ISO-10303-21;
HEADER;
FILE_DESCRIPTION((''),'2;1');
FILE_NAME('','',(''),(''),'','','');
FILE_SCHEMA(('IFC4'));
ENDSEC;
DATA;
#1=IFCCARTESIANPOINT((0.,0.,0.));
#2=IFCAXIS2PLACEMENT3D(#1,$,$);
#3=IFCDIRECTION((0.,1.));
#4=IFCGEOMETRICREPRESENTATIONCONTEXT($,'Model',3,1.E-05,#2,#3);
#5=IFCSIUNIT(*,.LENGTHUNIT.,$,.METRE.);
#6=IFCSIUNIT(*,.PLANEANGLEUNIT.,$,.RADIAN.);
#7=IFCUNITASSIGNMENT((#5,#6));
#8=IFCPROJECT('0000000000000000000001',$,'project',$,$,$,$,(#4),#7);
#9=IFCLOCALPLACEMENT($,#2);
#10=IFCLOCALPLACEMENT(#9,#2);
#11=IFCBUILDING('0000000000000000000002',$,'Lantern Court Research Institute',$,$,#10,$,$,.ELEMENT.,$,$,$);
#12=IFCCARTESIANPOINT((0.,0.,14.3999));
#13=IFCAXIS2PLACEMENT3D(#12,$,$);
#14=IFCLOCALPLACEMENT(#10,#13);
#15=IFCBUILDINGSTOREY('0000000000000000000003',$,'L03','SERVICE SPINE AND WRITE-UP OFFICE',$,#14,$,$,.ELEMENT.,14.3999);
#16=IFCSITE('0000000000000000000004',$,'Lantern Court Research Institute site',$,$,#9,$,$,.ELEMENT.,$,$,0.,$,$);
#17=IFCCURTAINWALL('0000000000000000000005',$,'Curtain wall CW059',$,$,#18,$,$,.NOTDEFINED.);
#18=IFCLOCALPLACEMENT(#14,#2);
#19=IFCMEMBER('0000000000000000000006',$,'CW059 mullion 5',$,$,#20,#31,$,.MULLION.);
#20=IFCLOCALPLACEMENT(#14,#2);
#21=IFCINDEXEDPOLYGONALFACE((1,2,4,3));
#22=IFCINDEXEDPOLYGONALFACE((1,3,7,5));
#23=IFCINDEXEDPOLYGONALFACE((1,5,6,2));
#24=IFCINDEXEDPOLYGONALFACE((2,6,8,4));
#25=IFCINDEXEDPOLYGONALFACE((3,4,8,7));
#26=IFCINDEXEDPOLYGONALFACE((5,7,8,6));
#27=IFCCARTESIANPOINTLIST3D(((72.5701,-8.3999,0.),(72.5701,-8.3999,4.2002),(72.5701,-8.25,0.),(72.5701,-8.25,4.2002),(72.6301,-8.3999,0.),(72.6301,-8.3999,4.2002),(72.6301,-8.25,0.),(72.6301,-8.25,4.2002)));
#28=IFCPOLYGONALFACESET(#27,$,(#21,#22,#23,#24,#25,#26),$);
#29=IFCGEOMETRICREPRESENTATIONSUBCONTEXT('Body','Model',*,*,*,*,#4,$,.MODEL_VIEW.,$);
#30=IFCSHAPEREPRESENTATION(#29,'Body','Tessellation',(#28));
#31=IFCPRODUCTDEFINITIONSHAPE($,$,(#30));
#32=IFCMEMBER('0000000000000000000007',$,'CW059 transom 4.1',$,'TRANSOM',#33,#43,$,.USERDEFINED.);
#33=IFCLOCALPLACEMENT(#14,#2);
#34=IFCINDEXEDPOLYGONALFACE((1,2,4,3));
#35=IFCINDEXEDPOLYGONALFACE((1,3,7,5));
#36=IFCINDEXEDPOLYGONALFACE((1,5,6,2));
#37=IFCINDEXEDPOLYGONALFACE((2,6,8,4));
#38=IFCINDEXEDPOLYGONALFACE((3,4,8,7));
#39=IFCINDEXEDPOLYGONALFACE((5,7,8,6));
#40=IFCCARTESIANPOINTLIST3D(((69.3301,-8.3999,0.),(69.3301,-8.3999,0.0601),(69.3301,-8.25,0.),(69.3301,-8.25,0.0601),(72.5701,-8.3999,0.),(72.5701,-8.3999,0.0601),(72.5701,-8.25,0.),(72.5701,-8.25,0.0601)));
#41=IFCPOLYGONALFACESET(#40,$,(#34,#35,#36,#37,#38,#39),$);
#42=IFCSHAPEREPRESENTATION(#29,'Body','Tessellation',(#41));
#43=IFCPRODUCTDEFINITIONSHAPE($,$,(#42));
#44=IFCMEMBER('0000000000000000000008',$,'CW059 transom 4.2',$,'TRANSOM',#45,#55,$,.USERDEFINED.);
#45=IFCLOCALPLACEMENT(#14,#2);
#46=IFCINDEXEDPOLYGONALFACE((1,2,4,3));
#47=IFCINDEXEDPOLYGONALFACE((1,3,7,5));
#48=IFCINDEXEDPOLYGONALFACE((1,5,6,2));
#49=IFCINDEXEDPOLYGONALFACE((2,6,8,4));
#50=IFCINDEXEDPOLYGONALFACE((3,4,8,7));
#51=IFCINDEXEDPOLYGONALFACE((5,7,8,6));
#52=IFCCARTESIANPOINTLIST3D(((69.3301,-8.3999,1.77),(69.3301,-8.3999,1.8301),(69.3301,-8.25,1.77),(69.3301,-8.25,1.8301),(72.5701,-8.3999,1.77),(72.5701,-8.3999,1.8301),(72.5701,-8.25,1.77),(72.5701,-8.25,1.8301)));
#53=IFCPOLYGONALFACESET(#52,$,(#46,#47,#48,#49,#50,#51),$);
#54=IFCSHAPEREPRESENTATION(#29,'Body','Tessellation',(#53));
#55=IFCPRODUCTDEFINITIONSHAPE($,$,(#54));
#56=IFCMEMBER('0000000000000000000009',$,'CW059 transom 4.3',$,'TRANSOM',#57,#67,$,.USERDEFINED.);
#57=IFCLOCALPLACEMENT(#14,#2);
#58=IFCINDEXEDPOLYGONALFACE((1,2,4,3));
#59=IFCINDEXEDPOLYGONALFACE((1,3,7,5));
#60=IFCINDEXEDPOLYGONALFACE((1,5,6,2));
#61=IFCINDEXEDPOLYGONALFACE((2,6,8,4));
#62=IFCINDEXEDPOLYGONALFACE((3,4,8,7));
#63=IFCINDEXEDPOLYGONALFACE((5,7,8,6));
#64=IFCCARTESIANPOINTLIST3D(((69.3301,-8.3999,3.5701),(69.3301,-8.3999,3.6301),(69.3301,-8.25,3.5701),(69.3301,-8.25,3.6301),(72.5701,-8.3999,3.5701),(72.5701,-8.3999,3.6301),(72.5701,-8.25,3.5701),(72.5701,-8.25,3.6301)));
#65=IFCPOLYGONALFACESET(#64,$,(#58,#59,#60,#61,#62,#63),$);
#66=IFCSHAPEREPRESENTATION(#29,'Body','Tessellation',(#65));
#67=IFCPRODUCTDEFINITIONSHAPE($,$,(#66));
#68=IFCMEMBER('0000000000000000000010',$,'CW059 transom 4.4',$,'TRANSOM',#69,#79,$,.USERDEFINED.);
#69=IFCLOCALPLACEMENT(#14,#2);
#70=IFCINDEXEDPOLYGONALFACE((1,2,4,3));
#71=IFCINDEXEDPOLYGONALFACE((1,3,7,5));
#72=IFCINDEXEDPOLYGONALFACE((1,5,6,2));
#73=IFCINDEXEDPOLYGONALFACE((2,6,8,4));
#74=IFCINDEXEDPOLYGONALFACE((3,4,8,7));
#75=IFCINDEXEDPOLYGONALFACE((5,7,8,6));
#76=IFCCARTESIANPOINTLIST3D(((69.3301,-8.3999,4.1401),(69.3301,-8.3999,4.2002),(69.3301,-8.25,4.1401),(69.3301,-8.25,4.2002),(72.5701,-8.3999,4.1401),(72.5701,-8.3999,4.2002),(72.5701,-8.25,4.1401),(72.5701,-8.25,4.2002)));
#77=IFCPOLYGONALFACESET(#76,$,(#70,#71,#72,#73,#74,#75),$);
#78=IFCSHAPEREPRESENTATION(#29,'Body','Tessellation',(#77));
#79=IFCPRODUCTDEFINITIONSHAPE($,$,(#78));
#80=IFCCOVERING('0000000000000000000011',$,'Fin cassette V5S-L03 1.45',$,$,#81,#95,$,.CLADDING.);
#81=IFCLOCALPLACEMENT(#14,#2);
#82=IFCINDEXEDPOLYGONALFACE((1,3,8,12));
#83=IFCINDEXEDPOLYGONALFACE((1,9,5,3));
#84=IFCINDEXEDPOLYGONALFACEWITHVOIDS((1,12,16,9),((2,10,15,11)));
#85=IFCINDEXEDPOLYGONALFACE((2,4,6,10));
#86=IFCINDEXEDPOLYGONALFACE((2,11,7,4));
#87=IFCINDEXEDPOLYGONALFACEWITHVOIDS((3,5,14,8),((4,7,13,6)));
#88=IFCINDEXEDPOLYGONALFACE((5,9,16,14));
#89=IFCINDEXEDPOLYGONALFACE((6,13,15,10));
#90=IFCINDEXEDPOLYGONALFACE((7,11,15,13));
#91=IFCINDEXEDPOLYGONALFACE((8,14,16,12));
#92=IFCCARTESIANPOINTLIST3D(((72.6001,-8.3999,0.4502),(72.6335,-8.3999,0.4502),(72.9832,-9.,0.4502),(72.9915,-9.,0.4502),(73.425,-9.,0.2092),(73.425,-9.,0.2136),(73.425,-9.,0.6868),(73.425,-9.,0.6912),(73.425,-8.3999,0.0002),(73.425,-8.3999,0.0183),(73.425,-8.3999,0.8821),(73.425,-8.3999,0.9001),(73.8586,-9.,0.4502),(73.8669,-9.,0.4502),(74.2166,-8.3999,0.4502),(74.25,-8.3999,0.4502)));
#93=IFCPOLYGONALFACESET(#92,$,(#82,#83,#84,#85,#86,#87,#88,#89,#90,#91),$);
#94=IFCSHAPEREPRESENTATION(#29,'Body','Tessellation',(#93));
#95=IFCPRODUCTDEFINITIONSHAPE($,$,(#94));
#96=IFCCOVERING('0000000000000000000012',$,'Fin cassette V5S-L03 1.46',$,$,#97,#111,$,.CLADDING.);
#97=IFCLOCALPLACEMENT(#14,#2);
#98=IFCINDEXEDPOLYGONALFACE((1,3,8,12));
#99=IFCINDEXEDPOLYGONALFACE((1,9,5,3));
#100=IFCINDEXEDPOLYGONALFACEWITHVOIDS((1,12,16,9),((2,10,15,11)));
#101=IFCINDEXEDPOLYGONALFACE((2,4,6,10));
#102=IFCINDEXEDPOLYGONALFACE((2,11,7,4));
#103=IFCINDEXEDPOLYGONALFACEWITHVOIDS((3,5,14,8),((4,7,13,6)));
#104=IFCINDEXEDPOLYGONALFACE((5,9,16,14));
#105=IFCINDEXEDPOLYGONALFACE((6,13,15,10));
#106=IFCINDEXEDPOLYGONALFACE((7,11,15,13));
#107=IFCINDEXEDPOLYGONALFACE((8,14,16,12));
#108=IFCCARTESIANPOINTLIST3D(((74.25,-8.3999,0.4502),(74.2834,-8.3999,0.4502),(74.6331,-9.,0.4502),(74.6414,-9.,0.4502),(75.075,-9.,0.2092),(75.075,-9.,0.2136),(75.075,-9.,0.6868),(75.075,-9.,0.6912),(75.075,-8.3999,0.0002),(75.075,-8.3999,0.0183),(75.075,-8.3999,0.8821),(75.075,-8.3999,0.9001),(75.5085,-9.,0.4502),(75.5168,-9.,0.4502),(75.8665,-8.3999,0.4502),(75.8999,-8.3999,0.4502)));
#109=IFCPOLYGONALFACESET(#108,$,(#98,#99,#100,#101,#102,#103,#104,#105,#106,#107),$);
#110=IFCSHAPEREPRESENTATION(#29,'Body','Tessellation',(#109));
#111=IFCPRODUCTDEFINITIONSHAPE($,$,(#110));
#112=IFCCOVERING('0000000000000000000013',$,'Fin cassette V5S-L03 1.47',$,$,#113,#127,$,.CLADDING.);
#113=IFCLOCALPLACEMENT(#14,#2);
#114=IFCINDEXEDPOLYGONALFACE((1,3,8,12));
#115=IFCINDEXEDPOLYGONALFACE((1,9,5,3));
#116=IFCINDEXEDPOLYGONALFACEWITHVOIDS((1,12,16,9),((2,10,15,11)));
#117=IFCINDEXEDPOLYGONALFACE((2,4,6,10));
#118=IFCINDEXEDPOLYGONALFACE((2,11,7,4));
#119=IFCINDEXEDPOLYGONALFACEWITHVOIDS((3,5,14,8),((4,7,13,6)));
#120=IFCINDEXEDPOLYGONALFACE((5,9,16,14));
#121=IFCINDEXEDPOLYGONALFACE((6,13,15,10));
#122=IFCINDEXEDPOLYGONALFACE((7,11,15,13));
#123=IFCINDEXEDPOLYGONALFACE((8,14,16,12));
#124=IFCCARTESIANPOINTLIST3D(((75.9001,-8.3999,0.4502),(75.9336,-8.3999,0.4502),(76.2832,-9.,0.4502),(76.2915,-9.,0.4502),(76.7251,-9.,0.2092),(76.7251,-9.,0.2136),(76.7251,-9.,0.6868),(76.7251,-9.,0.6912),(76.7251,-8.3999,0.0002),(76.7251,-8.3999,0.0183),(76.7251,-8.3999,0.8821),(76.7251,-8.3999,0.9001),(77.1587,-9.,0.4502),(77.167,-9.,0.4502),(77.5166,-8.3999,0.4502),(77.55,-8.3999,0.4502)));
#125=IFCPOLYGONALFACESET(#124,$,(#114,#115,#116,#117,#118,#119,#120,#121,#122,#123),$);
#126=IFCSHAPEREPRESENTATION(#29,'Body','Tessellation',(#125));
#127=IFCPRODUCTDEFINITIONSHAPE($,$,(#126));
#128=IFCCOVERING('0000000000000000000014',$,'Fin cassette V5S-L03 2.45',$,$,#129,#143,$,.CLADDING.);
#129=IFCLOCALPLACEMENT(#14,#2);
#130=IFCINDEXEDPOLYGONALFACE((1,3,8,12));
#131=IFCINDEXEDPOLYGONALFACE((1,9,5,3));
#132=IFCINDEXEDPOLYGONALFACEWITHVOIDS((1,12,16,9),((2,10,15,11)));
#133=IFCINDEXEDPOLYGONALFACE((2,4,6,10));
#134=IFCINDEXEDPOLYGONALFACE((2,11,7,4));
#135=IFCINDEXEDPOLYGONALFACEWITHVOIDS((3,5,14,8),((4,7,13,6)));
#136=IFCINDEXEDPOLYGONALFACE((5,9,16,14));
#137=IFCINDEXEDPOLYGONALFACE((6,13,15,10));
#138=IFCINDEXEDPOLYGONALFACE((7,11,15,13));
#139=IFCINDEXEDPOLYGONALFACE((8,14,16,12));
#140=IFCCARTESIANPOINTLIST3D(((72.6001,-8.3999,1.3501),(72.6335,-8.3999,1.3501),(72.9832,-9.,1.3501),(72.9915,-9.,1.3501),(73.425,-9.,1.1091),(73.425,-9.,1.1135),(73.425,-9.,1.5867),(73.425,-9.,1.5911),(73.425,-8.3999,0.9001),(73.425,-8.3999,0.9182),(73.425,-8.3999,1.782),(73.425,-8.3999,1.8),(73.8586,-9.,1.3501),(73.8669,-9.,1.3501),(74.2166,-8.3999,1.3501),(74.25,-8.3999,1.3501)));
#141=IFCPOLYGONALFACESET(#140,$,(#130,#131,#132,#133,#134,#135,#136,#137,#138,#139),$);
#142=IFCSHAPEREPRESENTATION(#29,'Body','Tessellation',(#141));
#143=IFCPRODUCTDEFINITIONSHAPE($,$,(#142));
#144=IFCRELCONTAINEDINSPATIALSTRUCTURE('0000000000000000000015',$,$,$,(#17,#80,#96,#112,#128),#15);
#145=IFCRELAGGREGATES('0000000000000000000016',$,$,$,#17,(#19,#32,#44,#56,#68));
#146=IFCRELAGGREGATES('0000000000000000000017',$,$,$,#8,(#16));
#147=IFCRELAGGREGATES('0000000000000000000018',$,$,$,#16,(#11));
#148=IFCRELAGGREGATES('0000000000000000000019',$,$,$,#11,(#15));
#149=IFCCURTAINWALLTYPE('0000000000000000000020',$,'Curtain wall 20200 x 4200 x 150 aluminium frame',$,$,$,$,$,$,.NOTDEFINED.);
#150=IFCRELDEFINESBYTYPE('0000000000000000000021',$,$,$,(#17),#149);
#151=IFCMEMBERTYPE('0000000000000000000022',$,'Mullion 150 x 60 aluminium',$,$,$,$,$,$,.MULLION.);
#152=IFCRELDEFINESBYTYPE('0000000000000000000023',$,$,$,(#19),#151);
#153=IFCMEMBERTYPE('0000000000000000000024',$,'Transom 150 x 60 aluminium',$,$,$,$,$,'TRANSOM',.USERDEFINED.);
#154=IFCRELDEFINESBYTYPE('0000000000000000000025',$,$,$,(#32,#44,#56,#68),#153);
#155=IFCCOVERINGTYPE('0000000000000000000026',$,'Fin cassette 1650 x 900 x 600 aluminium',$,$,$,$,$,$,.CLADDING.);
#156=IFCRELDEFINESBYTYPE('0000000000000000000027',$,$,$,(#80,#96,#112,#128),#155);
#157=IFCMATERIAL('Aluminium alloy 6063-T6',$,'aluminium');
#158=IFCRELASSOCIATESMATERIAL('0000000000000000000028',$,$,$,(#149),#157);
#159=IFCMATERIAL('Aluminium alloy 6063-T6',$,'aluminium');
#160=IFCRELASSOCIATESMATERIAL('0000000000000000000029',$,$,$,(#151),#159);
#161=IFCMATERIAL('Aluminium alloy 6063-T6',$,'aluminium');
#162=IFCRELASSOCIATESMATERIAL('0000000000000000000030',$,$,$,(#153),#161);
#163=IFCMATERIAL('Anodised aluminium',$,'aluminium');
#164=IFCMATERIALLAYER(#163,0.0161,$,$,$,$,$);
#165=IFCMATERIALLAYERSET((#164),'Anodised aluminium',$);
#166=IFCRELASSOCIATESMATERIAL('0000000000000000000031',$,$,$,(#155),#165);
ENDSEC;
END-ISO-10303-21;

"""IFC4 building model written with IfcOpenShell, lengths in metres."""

from ifc_helpers import new_model, entity, si_unit, direction, frame, origin, origin_2d, place, context, subcontext, project, spatial, rectangle, extrude, material, layer, layer_set, material_profile, profile_set, type_object, element, aggregate, save


model = new_model("IFC4")

# Units and contexts
model_context = context("Model", 3, precision=1e-05, world=origin(), true_north=direction((0.0, 1.0)))
body_context = subcontext(model_context, "Body", "Model", "MODEL_VIEW")
ifc_project = project(units=[si_unit("LENGTHUNIT", "METRE"), si_unit("PLANEANGLEUNIT", "RADIAN")], contexts=[model_context])

# Site, building, storey
site_placement = place(None, origin())
site = spatial("IfcSite", under=ifc_project, at=site_placement, Name="Lantern Court Research Institute site", CompositionType="ELEMENT", RefElevation=0.0)
building_placement = place(site_placement, origin())
building = spatial("IfcBuilding", under=site, at=building_placement, Name="Lantern Court Research Institute", CompositionType="ELEMENT")
storey_placement = place(building_placement, frame((0.0, 0.0, 14.3999)))
storey = spatial("IfcBuildingStorey", under=building, at=storey_placement, Name="L03", Description="SERVICE SPINE AND WRITE-UP OFFICE", CompositionType="ELEMENT", Elevation=14.3999)

# Curtain wall, members
ifc_material_1 = material(Name="Aluminium alloy 6063-T6", Category="aluminium")
curtain_wall_type = type_object("IfcCurtainWallType", Name="Curtain wall 20200 x 4200 x 150 aluminium frame", PredefinedType="NOTDEFINED", material=ifc_material_1)
curtain_wall_placement = place(storey_placement, origin())
curtain_wall = element("IfcCurtainWall", 1, at=curtain_wall_placement, inside=storey, type_object=curtain_wall_type, Name="Curtain wall CW059", PredefinedType="NOTDEFINED")
ifc_material_2 = material(Name="Aluminium alloy 6063-T6", Category="aluminium")
ifc_material_profile_1 = material_profile(ifc_material_2, rectangle(XDim=0.1499, YDim=0.0601, at=origin_2d()), Name="Mullion 150 x 60")
ifc_profile_set_1 = profile_set([ifc_material_profile_1], Name="Aluminium alloy 6063-T6")
member_type_1 = type_object("IfcMemberType", Name="Mullion 150 x 60 aluminium", PredefinedType="MULLION", material=ifc_profile_set_1)
member_1_placement = place(storey_placement, frame((72.6001, -8.325, 0.0), z_axis=(0.0, 0.0, 1.0), x_axis=(0.0, -1.0, 0.0)))
member_1 = element("IfcMember", 2, at=member_1_placement, type_object=member_type_1, Name="CW059 mullion 5", PredefinedType="MULLION", context=body_context, shape_type="SweptSolid", body=[
    extrude(rectangle(XDim=0.1499, YDim=0.0601, at=origin_2d()), origin(), (0.0, 0.0, 1.0), 4.2002),
])
ifc_material_3 = material(Name="Aluminium alloy 6063-T6", Category="aluminium")
ifc_material_profile_2 = material_profile(ifc_material_3, rectangle(XDim=0.1499, YDim=0.0601, at=origin_2d()), Name="Transom 150 x 60")
ifc_profile_set_2 = profile_set([ifc_material_profile_2], Name="Aluminium alloy 6063-T6")
member_type_2 = type_object("IfcMemberType", Name="Transom 150 x 60 aluminium", ElementType="TRANSOM", PredefinedType="USERDEFINED", material=ifc_profile_set_2)
member_2_placement = place(storey_placement, frame((72.5701, -8.325, 0.03), z_axis=(-1.0, 0.0, 0.0), x_axis=(0.0, -1.0, 0.0)))
member_2 = element("IfcMember", 3, at=member_2_placement, type_object=member_type_2, Name="CW059 transom 4.1", ObjectType="TRANSOM", PredefinedType="USERDEFINED", context=body_context, shape_type="SweptSolid", body=[
    extrude(rectangle(XDim=0.1499, YDim=0.0601, at=origin_2d()), origin(), (0.0, 0.0, 1.0), 3.24),
])
member_3_placement = place(storey_placement, frame((72.5701, -8.325, 1.8), z_axis=(-1.0, 0.0, 0.0), x_axis=(0.0, -1.0, 0.0)))
member_3 = element("IfcMember", 4, at=member_3_placement, type_object=member_type_2, Name="CW059 transom 4.2", ObjectType="TRANSOM", PredefinedType="USERDEFINED", context=body_context, shape_type="SweptSolid", body=[
    extrude(rectangle(XDim=0.1499, YDim=0.0601, at=origin_2d()), origin(), (0.0, 0.0, 1.0), 3.24),
])
member_4_placement = place(storey_placement, frame((72.5701, -8.325, 3.6001), z_axis=(-1.0, 0.0, 0.0), x_axis=(0.0, -1.0, 0.0)))
member_4 = element("IfcMember", 5, at=member_4_placement, type_object=member_type_2, Name="CW059 transom 4.3", ObjectType="TRANSOM", PredefinedType="USERDEFINED", context=body_context, shape_type="SweptSolid", body=[
    extrude(rectangle(XDim=0.1499, YDim=0.0601, at=origin_2d()), origin(), (0.0, 0.0, 1.0), 3.24),
])
member_5_placement = place(storey_placement, frame((72.5701, -8.325, 4.1702), z_axis=(-1.0, 0.0, 0.0), x_axis=(0.0, -1.0, 0.0)))
member_5 = element("IfcMember", 6, at=member_5_placement, type_object=member_type_2, Name="CW059 transom 4.4", ObjectType="TRANSOM", PredefinedType="USERDEFINED", context=body_context, shape_type="SweptSolid", body=[
    extrude(rectangle(XDim=0.1499, YDim=0.0601, at=origin_2d()), origin(), (0.0, 0.0, 1.0), 3.24),
])
aggregate(curtain_wall, [member_1, member_2, member_3, member_4, member_5])

# Coverings
ifc_material_4 = material(Name="Anodised aluminium", Category="aluminium")
ifc_layer = layer(ifc_material_4, 0.0161)
ifc_layer_set = layer_set([ifc_layer], Name="Anodised aluminium")
covering_type = type_object("IfcCoveringType", Name="Fin cassette 1650 x 900 x 600 aluminium", PredefinedType="CLADDING", material=ifc_layer_set)
covering_1_placement = place(storey_placement, frame((73.425, -8.3999, 0.4502), z_axis=(0.0, -1.0, 0.0), x_axis=(1.0, 0.0, 0.0)))
cartesian_point_1 = entity("IfcCartesianPoint", [0.825, 0.0])
cartesian_point_2 = entity("IfcCartesianPoint", [0.7915, 0.0])
cartesian_point_3 = entity("IfcCartesianPoint", [0.4419, 0.0])
cartesian_point_4 = entity("IfcCartesianPoint", [0.4336, 0.0])
element("IfcCovering", 7, at=covering_1_placement, inside=storey, type_object=covering_type, Name="Fin cassette V5S-L03 1.45", PredefinedType="CLADDING", context=body_context, shape_type="SweptSolid", body=[
    entity("IfcExtrudedAreaSolidTapered", entity("IfcArbitraryProfileDefWithVoids", "AREA", None, entity("IfcPolyline", [cartesian_point_1, entity("IfcCartesianPoint", [0.0, 0.45]), entity("IfcCartesianPoint", [-0.825, 0.0]), entity("IfcCartesianPoint", [0.0, -0.45]), cartesian_point_1]), [entity("IfcPolyline", [cartesian_point_2, entity("IfcCartesianPoint", [0.0, 0.4319]), entity("IfcCartesianPoint", [-0.7915, 0.0]), entity("IfcCartesianPoint", [0.0, -0.4319]), cartesian_point_2])]), entity("IfcAxis2Placement3D", entity("IfcCartesianPoint", [0.0, 0.0, 0.0])), entity("IfcDirection", [0.0, 0.0, 1.0]), 0.6001, entity("IfcArbitraryProfileDefWithVoids", "AREA", None, entity("IfcPolyline", [cartesian_point_3, entity("IfcCartesianPoint", [0.0, 0.241]), entity("IfcCartesianPoint", [-0.4419, 0.0]), entity("IfcCartesianPoint", [0.0, -0.241]), cartesian_point_3]), [entity("IfcPolyline", [cartesian_point_4, entity("IfcCartesianPoint", [0.0, 0.2366]), entity("IfcCartesianPoint", [-0.4336, 0.0]), entity("IfcCartesianPoint", [0.0, -0.2366]), cartesian_point_4])])),
])
covering_2_placement = place(storey_placement, frame((75.075, -8.3999, 0.4502), z_axis=(0.0, -1.0, 0.0), x_axis=(1.0, 0.0, 0.0)))
cartesian_point_5 = entity("IfcCartesianPoint", [0.825, 0.0])
cartesian_point_6 = entity("IfcCartesianPoint", [0.7915, 0.0])
cartesian_point_7 = entity("IfcCartesianPoint", [0.4419, 0.0])
cartesian_point_8 = entity("IfcCartesianPoint", [0.4336, 0.0])
element("IfcCovering", 8, at=covering_2_placement, inside=storey, type_object=covering_type, Name="Fin cassette V5S-L03 1.46", PredefinedType="CLADDING", context=body_context, shape_type="SweptSolid", body=[
    entity("IfcExtrudedAreaSolidTapered", entity("IfcArbitraryProfileDefWithVoids", "AREA", None, entity("IfcPolyline", [cartesian_point_5, entity("IfcCartesianPoint", [0.0, 0.45]), entity("IfcCartesianPoint", [-0.825, 0.0]), entity("IfcCartesianPoint", [0.0, -0.45]), cartesian_point_5]), [entity("IfcPolyline", [cartesian_point_6, entity("IfcCartesianPoint", [0.0, 0.4319]), entity("IfcCartesianPoint", [-0.7915, 0.0]), entity("IfcCartesianPoint", [0.0, -0.4319]), cartesian_point_6])]), entity("IfcAxis2Placement3D", entity("IfcCartesianPoint", [0.0, 0.0, 0.0])), entity("IfcDirection", [0.0, 0.0, 1.0]), 0.6001, entity("IfcArbitraryProfileDefWithVoids", "AREA", None, entity("IfcPolyline", [cartesian_point_7, entity("IfcCartesianPoint", [0.0, 0.241]), entity("IfcCartesianPoint", [-0.4419, 0.0]), entity("IfcCartesianPoint", [0.0, -0.241]), cartesian_point_7]), [entity("IfcPolyline", [cartesian_point_8, entity("IfcCartesianPoint", [0.0, 0.2366]), entity("IfcCartesianPoint", [-0.4336, 0.0]), entity("IfcCartesianPoint", [0.0, -0.2366]), cartesian_point_8])])),
])
covering_3_placement = place(storey_placement, frame((76.7251, -8.3999, 0.4502), z_axis=(0.0, -1.0, 0.0), x_axis=(1.0, 0.0, 0.0)))
cartesian_point_9 = entity("IfcCartesianPoint", [0.825, 0.0])
cartesian_point_10 = entity("IfcCartesianPoint", [0.7915, 0.0])
cartesian_point_11 = entity("IfcCartesianPoint", [0.4419, 0.0])
cartesian_point_12 = entity("IfcCartesianPoint", [0.4336, 0.0])
element("IfcCovering", 9, at=covering_3_placement, inside=storey, type_object=covering_type, Name="Fin cassette V5S-L03 1.47", PredefinedType="CLADDING", context=body_context, shape_type="SweptSolid", body=[
    entity("IfcExtrudedAreaSolidTapered", entity("IfcArbitraryProfileDefWithVoids", "AREA", None, entity("IfcPolyline", [cartesian_point_9, entity("IfcCartesianPoint", [0.0, 0.45]), entity("IfcCartesianPoint", [-0.825, 0.0]), entity("IfcCartesianPoint", [0.0, -0.45]), cartesian_point_9]), [entity("IfcPolyline", [cartesian_point_10, entity("IfcCartesianPoint", [0.0, 0.4319]), entity("IfcCartesianPoint", [-0.7915, 0.0]), entity("IfcCartesianPoint", [0.0, -0.4319]), cartesian_point_10])]), entity("IfcAxis2Placement3D", entity("IfcCartesianPoint", [0.0, 0.0, 0.0])), entity("IfcDirection", [0.0, 0.0, 1.0]), 0.6001, entity("IfcArbitraryProfileDefWithVoids", "AREA", None, entity("IfcPolyline", [cartesian_point_11, entity("IfcCartesianPoint", [0.0, 0.241]), entity("IfcCartesianPoint", [-0.4419, 0.0]), entity("IfcCartesianPoint", [0.0, -0.241]), cartesian_point_11]), [entity("IfcPolyline", [cartesian_point_12, entity("IfcCartesianPoint", [0.0, 0.2366]), entity("IfcCartesianPoint", [-0.4336, 0.0]), entity("IfcCartesianPoint", [0.0, -0.2366]), cartesian_point_12])])),
])
covering_4_placement = place(storey_placement, frame((73.425, -8.3999, 1.3501), z_axis=(0.0, -1.0, 0.0), x_axis=(1.0, 0.0, 0.0)))
cartesian_point_13 = entity("IfcCartesianPoint", [0.825, 0.0])
cartesian_point_14 = entity("IfcCartesianPoint", [0.7915, 0.0])
cartesian_point_15 = entity("IfcCartesianPoint", [0.4419, 0.0])
cartesian_point_16 = entity("IfcCartesianPoint", [0.4336, 0.0])
element("IfcCovering", 10, at=covering_4_placement, inside=storey, type_object=covering_type, Name="Fin cassette V5S-L03 2.45", PredefinedType="CLADDING", context=body_context, shape_type="SweptSolid", body=[
    entity("IfcExtrudedAreaSolidTapered", entity("IfcArbitraryProfileDefWithVoids", "AREA", None, entity("IfcPolyline", [cartesian_point_13, entity("IfcCartesianPoint", [0.0, 0.45]), entity("IfcCartesianPoint", [-0.825, 0.0]), entity("IfcCartesianPoint", [0.0, -0.45]), cartesian_point_13]), [entity("IfcPolyline", [cartesian_point_14, entity("IfcCartesianPoint", [0.0, 0.4319]), entity("IfcCartesianPoint", [-0.7915, 0.0]), entity("IfcCartesianPoint", [0.0, -0.4319]), cartesian_point_14])]), entity("IfcAxis2Placement3D", entity("IfcCartesianPoint", [0.0, 0.0, 0.0])), entity("IfcDirection", [0.0, 0.0, 1.0]), 0.6001, entity("IfcArbitraryProfileDefWithVoids", "AREA", None, entity("IfcPolyline", [cartesian_point_15, entity("IfcCartesianPoint", [0.0, 0.241]), entity("IfcCartesianPoint", [-0.4419, 0.0]), entity("IfcCartesianPoint", [0.0, -0.241]), cartesian_point_15]), [entity("IfcPolyline", [cartesian_point_16, entity("IfcCartesianPoint", [0.0, 0.2366]), entity("IfcCartesianPoint", [-0.4336, 0.0]), entity("IfcCartesianPoint", [0.0, -0.2366]), cartesian_point_16])])),
])

save(model, "model.ifc")
